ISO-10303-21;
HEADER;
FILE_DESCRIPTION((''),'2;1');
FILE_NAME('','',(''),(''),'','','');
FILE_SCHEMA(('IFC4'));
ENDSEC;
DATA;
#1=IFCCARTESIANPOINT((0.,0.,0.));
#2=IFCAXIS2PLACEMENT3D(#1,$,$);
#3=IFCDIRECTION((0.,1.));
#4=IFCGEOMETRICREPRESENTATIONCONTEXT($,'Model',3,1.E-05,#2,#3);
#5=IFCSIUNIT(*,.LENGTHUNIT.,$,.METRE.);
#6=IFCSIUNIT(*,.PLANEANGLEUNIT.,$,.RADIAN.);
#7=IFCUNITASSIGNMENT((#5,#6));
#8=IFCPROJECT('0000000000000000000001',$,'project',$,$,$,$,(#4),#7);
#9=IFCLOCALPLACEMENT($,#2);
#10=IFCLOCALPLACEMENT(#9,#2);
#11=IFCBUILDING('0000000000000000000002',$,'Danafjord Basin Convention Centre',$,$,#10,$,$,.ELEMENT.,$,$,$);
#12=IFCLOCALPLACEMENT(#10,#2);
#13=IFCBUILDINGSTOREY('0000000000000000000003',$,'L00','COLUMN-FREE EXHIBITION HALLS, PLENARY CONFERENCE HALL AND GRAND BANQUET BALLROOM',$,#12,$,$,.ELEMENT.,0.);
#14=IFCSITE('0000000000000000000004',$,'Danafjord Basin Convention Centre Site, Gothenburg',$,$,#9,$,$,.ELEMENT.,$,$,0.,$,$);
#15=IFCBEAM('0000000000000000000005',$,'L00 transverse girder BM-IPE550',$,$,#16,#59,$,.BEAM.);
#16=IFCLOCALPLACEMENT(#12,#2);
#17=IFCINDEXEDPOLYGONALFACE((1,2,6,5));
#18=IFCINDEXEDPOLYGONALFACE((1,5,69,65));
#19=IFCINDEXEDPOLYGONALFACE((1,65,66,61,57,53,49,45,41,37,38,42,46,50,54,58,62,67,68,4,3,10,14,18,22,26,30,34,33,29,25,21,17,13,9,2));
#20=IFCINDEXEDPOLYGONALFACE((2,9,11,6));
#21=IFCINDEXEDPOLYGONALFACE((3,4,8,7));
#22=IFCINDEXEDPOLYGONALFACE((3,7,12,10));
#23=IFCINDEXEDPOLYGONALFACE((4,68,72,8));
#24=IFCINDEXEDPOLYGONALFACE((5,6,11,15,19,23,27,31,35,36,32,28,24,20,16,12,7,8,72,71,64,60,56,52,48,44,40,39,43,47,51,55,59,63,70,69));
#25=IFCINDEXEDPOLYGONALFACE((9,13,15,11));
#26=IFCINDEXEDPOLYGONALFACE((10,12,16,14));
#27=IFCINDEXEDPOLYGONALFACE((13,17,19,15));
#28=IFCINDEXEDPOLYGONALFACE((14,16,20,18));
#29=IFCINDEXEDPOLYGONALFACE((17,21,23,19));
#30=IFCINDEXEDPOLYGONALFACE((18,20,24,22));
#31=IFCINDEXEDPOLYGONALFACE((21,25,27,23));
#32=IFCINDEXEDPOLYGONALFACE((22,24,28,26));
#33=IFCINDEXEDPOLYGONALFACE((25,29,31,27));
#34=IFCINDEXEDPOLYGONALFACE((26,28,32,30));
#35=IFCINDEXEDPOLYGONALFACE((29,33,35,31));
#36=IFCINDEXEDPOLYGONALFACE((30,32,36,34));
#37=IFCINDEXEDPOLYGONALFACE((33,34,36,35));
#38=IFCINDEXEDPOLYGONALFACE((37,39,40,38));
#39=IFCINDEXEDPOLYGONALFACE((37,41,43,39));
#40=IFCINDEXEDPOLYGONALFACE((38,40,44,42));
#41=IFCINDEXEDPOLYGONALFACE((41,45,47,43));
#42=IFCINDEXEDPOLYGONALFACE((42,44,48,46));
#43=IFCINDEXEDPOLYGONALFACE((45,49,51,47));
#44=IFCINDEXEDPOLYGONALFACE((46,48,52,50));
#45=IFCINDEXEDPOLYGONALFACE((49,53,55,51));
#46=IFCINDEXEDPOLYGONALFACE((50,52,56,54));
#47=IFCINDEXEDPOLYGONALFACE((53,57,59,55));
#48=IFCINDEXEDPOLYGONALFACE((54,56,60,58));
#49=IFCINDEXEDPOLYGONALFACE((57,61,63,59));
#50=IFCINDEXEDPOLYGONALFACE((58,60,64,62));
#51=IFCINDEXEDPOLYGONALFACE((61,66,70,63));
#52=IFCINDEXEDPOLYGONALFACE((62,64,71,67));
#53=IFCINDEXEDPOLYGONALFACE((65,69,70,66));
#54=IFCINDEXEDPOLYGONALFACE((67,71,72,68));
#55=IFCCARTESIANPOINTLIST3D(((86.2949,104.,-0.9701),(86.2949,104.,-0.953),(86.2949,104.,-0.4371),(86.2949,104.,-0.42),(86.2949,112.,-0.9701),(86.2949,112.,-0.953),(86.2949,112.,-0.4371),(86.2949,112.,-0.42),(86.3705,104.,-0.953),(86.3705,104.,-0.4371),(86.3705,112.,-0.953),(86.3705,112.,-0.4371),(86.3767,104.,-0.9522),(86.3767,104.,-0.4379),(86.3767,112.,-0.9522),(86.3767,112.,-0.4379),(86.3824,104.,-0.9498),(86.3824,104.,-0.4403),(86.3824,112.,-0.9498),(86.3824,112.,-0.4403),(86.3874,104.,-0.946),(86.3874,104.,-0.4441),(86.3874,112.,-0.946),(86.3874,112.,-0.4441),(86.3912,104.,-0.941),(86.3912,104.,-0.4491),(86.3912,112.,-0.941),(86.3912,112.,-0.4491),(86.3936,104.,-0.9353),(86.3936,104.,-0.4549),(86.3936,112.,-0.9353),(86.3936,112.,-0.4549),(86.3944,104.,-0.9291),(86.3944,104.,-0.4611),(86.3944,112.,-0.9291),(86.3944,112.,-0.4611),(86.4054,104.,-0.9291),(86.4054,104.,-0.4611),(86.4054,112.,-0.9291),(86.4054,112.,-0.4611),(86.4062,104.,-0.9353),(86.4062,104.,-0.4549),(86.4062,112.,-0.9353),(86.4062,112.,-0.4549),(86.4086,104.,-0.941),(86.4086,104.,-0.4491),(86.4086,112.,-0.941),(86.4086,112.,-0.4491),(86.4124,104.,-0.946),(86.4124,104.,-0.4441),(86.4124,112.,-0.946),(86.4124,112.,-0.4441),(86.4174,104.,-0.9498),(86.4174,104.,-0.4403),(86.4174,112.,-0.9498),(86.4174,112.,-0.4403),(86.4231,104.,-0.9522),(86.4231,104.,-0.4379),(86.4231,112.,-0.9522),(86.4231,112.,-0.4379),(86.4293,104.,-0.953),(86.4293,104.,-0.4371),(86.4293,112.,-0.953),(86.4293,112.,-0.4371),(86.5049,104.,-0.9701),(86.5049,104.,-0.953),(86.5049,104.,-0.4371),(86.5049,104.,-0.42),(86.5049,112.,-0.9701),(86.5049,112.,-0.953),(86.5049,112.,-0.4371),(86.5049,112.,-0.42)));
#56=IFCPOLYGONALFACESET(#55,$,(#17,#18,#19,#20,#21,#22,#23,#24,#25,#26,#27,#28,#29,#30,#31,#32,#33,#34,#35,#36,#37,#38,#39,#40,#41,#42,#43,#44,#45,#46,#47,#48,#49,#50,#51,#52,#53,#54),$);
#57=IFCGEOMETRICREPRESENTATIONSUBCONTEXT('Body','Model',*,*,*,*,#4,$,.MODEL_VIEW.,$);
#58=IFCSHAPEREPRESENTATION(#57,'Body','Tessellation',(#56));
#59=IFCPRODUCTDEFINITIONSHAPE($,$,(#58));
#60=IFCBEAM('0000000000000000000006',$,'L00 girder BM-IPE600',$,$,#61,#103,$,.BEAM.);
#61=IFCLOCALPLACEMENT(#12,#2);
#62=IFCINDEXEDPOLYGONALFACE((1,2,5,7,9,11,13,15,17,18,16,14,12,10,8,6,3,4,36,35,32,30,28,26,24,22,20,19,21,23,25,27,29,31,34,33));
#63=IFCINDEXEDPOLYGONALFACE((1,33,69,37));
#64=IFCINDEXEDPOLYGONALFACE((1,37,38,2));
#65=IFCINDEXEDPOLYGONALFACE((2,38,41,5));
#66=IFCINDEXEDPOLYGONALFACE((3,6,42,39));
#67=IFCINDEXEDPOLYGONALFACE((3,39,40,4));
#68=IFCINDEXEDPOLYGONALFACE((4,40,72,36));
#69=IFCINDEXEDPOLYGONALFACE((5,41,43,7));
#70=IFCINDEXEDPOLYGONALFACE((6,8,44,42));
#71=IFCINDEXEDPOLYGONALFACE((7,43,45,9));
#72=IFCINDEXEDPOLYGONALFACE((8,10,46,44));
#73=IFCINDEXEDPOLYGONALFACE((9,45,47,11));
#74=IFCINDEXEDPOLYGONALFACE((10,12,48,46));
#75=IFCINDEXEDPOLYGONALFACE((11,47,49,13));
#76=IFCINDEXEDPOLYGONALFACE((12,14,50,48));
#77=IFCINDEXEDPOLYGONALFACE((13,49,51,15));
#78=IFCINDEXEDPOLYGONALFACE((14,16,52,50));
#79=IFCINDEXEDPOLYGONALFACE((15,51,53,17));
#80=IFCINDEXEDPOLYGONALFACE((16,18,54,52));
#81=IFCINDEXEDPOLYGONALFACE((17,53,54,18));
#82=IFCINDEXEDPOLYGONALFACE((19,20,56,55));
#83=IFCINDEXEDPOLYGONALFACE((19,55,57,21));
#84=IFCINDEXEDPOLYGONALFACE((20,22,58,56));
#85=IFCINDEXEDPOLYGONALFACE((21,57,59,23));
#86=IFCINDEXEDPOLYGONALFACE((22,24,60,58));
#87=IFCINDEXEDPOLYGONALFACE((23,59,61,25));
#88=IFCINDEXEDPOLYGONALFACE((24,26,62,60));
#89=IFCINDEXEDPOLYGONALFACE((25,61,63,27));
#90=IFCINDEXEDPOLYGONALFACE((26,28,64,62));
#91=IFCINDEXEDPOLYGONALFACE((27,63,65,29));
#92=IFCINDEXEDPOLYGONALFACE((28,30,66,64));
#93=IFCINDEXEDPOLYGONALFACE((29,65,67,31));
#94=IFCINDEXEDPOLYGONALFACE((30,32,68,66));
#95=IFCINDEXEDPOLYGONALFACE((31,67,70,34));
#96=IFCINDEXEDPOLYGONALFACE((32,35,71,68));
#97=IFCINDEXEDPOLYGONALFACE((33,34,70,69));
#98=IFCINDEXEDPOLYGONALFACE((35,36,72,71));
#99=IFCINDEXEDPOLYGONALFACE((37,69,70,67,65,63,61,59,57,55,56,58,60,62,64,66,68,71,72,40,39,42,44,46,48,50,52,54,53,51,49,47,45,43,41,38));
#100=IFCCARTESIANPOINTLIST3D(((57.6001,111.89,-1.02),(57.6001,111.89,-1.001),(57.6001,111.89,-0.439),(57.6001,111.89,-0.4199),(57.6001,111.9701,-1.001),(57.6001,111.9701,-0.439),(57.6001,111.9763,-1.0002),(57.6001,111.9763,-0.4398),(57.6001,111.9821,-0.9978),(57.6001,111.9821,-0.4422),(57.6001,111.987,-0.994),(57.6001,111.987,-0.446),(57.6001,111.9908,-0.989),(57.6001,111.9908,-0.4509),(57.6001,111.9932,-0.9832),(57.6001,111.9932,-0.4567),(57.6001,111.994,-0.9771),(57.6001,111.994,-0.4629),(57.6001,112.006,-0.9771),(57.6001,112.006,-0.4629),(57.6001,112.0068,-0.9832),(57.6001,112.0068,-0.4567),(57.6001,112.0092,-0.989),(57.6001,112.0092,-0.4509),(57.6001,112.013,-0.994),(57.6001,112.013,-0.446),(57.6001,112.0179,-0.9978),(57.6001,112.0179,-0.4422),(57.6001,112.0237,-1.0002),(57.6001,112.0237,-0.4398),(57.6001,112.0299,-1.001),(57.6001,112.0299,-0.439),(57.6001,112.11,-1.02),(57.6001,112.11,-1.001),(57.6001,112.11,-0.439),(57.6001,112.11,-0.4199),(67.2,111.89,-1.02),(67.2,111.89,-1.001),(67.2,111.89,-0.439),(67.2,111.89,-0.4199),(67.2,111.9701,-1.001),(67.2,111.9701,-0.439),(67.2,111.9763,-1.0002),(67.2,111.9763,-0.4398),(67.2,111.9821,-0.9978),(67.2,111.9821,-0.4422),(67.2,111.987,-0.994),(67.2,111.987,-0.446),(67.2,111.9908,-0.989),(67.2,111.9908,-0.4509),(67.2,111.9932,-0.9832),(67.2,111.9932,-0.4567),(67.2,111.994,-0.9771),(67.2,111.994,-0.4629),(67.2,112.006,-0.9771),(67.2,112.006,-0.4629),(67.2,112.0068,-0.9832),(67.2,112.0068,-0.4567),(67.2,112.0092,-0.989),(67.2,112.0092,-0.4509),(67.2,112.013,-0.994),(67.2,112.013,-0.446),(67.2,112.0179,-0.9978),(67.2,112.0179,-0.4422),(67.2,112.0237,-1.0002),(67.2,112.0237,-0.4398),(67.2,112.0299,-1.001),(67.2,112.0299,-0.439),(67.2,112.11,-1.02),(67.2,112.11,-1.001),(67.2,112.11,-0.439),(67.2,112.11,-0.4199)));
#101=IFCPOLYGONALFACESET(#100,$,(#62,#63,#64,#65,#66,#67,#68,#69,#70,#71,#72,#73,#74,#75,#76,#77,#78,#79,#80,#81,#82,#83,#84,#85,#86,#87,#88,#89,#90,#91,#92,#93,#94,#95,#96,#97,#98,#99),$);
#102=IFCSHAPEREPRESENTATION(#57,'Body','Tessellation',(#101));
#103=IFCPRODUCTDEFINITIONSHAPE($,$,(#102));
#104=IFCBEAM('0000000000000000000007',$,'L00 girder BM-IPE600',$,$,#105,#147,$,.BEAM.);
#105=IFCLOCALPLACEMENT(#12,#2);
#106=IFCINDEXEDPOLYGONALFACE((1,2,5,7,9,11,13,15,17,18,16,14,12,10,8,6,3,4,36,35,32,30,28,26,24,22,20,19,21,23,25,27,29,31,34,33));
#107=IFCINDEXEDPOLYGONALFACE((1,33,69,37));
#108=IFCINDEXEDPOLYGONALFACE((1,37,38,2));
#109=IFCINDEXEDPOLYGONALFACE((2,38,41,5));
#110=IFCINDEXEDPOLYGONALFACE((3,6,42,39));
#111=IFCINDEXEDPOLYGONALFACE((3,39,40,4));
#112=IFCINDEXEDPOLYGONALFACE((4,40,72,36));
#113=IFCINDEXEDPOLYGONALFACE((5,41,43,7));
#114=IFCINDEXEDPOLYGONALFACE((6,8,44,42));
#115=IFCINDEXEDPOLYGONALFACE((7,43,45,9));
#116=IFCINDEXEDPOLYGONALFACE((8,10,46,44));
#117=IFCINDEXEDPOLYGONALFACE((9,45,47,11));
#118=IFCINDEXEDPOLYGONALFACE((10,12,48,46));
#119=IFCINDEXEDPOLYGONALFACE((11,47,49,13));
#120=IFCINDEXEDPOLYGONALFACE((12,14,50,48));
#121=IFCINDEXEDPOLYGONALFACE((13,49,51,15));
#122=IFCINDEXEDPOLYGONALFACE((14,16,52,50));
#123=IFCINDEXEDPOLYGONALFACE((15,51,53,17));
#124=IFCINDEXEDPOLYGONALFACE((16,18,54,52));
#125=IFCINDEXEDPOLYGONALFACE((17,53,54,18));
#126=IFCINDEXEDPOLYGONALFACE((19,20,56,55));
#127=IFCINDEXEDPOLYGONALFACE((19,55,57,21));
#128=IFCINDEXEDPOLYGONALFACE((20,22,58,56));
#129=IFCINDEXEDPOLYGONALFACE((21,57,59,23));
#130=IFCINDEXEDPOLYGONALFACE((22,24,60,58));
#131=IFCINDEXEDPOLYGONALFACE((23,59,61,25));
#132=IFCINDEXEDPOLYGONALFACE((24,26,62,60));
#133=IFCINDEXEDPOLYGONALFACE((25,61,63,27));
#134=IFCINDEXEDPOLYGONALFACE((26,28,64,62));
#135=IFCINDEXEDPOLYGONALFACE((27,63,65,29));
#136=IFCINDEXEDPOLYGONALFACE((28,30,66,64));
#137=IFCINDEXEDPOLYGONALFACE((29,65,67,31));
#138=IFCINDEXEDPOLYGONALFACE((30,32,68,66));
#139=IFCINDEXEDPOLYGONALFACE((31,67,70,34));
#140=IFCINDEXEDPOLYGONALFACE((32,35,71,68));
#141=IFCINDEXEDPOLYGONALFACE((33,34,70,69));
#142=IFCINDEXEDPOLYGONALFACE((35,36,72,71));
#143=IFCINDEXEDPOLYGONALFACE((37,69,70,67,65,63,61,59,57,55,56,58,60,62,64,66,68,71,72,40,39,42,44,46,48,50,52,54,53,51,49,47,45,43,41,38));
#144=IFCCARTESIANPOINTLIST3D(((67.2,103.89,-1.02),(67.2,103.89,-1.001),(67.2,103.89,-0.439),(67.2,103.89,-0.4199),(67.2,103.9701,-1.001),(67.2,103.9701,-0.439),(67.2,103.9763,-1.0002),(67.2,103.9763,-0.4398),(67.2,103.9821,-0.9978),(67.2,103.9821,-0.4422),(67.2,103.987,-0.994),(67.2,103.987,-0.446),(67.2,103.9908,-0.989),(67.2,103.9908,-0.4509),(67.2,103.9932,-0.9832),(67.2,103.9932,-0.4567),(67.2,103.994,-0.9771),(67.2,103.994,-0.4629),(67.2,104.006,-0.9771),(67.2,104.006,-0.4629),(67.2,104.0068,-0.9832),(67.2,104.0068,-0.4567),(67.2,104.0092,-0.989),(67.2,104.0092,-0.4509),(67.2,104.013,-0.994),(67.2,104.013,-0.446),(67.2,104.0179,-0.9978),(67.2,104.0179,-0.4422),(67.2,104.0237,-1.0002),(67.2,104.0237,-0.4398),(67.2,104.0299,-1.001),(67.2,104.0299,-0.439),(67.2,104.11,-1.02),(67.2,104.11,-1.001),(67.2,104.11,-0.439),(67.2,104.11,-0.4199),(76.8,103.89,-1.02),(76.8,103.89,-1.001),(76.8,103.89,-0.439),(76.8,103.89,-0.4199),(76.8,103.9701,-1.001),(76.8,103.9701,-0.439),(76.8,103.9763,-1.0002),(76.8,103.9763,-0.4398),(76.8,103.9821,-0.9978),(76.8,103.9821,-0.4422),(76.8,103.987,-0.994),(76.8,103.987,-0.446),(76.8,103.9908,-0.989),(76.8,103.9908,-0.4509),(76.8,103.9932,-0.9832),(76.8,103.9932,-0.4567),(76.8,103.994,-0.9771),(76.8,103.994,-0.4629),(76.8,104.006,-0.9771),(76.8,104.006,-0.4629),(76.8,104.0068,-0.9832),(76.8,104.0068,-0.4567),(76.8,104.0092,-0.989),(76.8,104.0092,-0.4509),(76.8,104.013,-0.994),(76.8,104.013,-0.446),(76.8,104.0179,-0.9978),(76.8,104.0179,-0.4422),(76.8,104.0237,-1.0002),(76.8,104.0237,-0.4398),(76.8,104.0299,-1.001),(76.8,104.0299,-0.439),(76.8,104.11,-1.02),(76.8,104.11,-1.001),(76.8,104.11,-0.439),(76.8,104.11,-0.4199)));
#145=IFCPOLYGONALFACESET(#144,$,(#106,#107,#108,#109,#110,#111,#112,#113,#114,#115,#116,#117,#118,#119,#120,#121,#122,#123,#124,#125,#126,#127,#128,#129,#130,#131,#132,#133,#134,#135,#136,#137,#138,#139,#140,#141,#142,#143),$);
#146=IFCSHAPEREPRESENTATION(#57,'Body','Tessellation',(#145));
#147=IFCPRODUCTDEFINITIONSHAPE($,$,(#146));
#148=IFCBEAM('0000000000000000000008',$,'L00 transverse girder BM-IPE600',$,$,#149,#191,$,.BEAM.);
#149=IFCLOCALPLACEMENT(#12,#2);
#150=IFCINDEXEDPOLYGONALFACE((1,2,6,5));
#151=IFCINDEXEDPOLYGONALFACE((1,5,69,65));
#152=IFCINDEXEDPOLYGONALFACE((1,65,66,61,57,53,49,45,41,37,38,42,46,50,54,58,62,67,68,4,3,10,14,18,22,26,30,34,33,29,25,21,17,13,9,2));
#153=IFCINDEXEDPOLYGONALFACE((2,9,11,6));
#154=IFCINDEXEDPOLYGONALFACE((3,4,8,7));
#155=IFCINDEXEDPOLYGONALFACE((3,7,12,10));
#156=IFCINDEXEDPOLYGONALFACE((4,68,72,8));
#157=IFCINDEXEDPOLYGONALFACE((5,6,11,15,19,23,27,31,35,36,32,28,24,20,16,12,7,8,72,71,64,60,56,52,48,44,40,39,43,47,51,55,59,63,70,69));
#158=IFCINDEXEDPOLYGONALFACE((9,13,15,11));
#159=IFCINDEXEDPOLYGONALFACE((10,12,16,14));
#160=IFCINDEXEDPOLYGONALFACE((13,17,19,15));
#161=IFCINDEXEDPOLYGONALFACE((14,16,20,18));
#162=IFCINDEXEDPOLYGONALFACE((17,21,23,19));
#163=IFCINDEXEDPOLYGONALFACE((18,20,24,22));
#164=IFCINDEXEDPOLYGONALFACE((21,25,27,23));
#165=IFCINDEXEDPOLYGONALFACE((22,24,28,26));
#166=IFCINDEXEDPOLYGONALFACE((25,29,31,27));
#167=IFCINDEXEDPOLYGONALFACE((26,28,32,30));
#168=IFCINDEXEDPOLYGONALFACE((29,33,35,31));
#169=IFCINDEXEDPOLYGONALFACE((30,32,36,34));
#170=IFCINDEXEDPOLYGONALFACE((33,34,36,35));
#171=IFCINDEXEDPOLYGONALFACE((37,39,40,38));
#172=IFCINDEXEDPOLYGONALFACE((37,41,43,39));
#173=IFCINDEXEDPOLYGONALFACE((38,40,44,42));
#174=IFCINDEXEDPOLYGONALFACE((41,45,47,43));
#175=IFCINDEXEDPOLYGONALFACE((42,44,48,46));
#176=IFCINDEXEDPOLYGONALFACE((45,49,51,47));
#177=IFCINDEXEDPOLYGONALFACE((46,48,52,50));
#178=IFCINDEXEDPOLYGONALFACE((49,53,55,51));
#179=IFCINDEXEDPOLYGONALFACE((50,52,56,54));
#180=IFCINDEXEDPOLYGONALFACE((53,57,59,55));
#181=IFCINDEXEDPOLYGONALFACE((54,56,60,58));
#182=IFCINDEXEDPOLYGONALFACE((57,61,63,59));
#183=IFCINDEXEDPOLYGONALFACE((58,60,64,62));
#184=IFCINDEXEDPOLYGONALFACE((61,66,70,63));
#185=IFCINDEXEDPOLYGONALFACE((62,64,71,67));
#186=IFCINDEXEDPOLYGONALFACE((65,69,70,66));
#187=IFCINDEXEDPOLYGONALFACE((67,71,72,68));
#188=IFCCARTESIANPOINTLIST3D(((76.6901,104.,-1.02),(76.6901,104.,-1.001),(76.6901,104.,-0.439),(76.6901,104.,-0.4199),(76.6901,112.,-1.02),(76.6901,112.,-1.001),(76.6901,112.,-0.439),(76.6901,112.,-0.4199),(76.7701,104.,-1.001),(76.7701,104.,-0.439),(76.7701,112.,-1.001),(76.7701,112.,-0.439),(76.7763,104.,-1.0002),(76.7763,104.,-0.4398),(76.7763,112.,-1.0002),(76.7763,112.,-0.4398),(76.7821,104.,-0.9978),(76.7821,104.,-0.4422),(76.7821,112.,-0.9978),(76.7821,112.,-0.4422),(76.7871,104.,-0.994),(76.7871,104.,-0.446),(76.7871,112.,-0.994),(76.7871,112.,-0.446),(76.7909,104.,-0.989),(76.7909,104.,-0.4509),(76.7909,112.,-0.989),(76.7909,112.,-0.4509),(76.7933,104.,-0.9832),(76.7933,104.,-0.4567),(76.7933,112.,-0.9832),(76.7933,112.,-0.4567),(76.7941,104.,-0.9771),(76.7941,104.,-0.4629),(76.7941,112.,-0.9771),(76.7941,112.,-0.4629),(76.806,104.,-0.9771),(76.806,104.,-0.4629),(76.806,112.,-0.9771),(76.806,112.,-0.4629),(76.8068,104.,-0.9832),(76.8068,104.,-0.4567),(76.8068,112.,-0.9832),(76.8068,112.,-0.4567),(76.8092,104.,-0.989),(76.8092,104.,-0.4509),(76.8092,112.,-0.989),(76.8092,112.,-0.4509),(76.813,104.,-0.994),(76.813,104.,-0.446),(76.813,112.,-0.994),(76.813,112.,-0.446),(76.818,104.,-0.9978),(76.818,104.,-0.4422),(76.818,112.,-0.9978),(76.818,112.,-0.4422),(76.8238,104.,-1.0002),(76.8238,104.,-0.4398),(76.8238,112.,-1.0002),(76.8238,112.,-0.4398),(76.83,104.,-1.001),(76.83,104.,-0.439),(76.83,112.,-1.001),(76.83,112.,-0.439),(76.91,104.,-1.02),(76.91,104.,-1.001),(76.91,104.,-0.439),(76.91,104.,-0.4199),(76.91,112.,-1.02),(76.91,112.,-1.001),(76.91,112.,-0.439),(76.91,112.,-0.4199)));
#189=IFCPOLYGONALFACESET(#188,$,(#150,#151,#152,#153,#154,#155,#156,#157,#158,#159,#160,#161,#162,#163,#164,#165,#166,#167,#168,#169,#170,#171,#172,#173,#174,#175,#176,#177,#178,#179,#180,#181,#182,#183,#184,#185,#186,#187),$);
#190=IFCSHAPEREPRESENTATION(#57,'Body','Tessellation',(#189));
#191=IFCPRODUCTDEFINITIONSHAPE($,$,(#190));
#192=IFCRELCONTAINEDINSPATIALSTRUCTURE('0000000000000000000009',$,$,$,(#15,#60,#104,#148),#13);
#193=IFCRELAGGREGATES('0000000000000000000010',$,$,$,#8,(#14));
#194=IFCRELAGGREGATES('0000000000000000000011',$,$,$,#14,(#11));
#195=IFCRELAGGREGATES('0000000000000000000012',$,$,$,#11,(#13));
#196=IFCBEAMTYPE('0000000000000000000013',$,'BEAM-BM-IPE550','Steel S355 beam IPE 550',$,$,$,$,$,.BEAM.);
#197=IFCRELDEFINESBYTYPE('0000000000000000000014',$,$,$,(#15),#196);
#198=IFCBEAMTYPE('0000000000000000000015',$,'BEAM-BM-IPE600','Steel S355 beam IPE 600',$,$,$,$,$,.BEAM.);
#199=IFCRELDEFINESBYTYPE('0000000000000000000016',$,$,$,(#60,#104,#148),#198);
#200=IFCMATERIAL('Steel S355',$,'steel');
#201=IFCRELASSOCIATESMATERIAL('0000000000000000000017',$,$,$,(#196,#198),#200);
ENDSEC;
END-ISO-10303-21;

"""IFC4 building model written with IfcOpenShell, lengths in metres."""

from ifc_helpers import new_model, si_unit, direction, frame, origin, origin_2d, place, context, subcontext, project, spatial, i_section, extrude, material, material_profile, profile_set, type_object, element, save


model = new_model("IFC4")

# Units and contexts
model_context = context("Model", 3, precision=1e-05, world=origin(), true_north=direction((0.0, 1.0)))
body_context = subcontext(model_context, "Body", "Model", "MODEL_VIEW")
ifc_project = project(units=[si_unit("LENGTHUNIT", "METRE"), si_unit("PLANEANGLEUNIT", "RADIAN")], contexts=[model_context])

# Site, building, storey
site_placement = place(None, origin())
site = spatial("IfcSite", under=ifc_project, at=site_placement, Name="Danafjord Basin Convention Centre Site, Gothenburg", CompositionType="ELEMENT", RefElevation=0.0)
building_placement = place(site_placement, origin())
building = spatial("IfcBuilding", under=site, at=building_placement, Name="Danafjord Basin Convention Centre", CompositionType="ELEMENT")
storey_placement = place(building_placement, origin())
storey = spatial("IfcBuildingStorey", under=building, at=storey_placement, Name="L00", Description="COLUMN-FREE EXHIBITION HALLS, PLENARY CONFERENCE HALL AND GRAND BANQUET BALLROOM", CompositionType="ELEMENT", Elevation=0.0)

# Beams
ifc_material_1 = material(Name="Steel S355", Category="steel")
ifc_material_profile_1 = material_profile(ifc_material_1, i_section(OverallWidth=0.21, OverallDepth=0.55, WebThickness=0.011, FlangeThickness=0.0171, FilletRadius=0.0239, at=origin_2d()), Name="IPE 550")
ifc_profile_set_1 = profile_set([ifc_material_profile_1], Name="Steel S355")
beam_type_1 = type_object("IfcBeamType", Name="BEAM-BM-IPE550", Description="Steel S355 beam IPE 550", PredefinedType="BEAM", material=ifc_profile_set_1)
beam_1_placement = place(storey_placement, frame((86.3999, 104.0, -0.6951), z_axis=(0.0, 1.0, 0.0), x_axis=(-1.0, 0.0, 0.0)))
element("IfcBeam", 1, at=beam_1_placement, inside=storey, type_object=beam_type_1, Name="L00 transverse girder BM-IPE550", PredefinedType="BEAM", context=body_context, shape_type="SweptSolid", body=[
    extrude(i_section(OverallWidth=0.21, OverallDepth=0.55, WebThickness=0.011, FlangeThickness=0.0171, FilletRadius=0.0239, at=origin_2d()), origin(), (0.0, 0.0, 1.0), 8.0),
])
ifc_material_profile_2 = material_profile(ifc_material_1, i_section(OverallWidth=0.22, OverallDepth=0.6001, WebThickness=0.012, FlangeThickness=0.019, FilletRadius=0.0239, at=origin_2d()), Name="IPE 600")
ifc_profile_set_2 = profile_set([ifc_material_profile_2], Name="Steel S355")
beam_type_2 = type_object("IfcBeamType", Name="BEAM-BM-IPE600", Description="Steel S355 beam IPE 600", PredefinedType="BEAM", material=ifc_profile_set_2)
beam_2_placement = place(storey_placement, frame((57.6001, 112.0, -0.72), z_axis=(1.0, 0.0, 0.0), x_axis=(0.0, 1.0, 0.0)))
element("IfcBeam", 2, at=beam_2_placement, inside=storey, type_object=beam_type_2, Name="L00 girder BM-IPE600", PredefinedType="BEAM", context=body_context, shape_type="SweptSolid", body=[
    extrude(i_section(OverallWidth=0.22, OverallDepth=0.6001, WebThickness=0.012, FlangeThickness=0.019, FilletRadius=0.0239, at=origin_2d()), origin(), (0.0, 0.0, 1.0), 9.5999),
])
beam_3_placement = place(storey_placement, frame((67.2, 104.0, -0.72), z_axis=(1.0, 0.0, 0.0), x_axis=(0.0, 1.0, 0.0)))
element("IfcBeam", 3, at=beam_3_placement, inside=storey, type_object=beam_type_2, Name="L00 girder BM-IPE600", PredefinedType="BEAM", context=body_context, shape_type="SweptSolid", body=[
    extrude(i_section(OverallWidth=0.22, OverallDepth=0.6001, WebThickness=0.012, FlangeThickness=0.019, FilletRadius=0.0239, at=origin_2d()), origin(), (0.0, 0.0, 1.0), 9.6001),
])
beam_4_placement = place(storey_placement, frame((76.8, 104.0, -0.72), z_axis=(0.0, 1.0, 0.0), x_axis=(-1.0, 0.0, 0.0)))
element("IfcBeam", 4, at=beam_4_placement, inside=storey, type_object=beam_type_2, Name="L00 transverse girder BM-IPE600", PredefinedType="BEAM", context=body_context, shape_type="SweptSolid", body=[
    extrude(i_section(OverallWidth=0.22, OverallDepth=0.6001, WebThickness=0.012, FlangeThickness=0.019, FilletRadius=0.0239, at=origin_2d()), origin(), (0.0, 0.0, 1.0), 8.0),
])

save(model, "model.ifc")
